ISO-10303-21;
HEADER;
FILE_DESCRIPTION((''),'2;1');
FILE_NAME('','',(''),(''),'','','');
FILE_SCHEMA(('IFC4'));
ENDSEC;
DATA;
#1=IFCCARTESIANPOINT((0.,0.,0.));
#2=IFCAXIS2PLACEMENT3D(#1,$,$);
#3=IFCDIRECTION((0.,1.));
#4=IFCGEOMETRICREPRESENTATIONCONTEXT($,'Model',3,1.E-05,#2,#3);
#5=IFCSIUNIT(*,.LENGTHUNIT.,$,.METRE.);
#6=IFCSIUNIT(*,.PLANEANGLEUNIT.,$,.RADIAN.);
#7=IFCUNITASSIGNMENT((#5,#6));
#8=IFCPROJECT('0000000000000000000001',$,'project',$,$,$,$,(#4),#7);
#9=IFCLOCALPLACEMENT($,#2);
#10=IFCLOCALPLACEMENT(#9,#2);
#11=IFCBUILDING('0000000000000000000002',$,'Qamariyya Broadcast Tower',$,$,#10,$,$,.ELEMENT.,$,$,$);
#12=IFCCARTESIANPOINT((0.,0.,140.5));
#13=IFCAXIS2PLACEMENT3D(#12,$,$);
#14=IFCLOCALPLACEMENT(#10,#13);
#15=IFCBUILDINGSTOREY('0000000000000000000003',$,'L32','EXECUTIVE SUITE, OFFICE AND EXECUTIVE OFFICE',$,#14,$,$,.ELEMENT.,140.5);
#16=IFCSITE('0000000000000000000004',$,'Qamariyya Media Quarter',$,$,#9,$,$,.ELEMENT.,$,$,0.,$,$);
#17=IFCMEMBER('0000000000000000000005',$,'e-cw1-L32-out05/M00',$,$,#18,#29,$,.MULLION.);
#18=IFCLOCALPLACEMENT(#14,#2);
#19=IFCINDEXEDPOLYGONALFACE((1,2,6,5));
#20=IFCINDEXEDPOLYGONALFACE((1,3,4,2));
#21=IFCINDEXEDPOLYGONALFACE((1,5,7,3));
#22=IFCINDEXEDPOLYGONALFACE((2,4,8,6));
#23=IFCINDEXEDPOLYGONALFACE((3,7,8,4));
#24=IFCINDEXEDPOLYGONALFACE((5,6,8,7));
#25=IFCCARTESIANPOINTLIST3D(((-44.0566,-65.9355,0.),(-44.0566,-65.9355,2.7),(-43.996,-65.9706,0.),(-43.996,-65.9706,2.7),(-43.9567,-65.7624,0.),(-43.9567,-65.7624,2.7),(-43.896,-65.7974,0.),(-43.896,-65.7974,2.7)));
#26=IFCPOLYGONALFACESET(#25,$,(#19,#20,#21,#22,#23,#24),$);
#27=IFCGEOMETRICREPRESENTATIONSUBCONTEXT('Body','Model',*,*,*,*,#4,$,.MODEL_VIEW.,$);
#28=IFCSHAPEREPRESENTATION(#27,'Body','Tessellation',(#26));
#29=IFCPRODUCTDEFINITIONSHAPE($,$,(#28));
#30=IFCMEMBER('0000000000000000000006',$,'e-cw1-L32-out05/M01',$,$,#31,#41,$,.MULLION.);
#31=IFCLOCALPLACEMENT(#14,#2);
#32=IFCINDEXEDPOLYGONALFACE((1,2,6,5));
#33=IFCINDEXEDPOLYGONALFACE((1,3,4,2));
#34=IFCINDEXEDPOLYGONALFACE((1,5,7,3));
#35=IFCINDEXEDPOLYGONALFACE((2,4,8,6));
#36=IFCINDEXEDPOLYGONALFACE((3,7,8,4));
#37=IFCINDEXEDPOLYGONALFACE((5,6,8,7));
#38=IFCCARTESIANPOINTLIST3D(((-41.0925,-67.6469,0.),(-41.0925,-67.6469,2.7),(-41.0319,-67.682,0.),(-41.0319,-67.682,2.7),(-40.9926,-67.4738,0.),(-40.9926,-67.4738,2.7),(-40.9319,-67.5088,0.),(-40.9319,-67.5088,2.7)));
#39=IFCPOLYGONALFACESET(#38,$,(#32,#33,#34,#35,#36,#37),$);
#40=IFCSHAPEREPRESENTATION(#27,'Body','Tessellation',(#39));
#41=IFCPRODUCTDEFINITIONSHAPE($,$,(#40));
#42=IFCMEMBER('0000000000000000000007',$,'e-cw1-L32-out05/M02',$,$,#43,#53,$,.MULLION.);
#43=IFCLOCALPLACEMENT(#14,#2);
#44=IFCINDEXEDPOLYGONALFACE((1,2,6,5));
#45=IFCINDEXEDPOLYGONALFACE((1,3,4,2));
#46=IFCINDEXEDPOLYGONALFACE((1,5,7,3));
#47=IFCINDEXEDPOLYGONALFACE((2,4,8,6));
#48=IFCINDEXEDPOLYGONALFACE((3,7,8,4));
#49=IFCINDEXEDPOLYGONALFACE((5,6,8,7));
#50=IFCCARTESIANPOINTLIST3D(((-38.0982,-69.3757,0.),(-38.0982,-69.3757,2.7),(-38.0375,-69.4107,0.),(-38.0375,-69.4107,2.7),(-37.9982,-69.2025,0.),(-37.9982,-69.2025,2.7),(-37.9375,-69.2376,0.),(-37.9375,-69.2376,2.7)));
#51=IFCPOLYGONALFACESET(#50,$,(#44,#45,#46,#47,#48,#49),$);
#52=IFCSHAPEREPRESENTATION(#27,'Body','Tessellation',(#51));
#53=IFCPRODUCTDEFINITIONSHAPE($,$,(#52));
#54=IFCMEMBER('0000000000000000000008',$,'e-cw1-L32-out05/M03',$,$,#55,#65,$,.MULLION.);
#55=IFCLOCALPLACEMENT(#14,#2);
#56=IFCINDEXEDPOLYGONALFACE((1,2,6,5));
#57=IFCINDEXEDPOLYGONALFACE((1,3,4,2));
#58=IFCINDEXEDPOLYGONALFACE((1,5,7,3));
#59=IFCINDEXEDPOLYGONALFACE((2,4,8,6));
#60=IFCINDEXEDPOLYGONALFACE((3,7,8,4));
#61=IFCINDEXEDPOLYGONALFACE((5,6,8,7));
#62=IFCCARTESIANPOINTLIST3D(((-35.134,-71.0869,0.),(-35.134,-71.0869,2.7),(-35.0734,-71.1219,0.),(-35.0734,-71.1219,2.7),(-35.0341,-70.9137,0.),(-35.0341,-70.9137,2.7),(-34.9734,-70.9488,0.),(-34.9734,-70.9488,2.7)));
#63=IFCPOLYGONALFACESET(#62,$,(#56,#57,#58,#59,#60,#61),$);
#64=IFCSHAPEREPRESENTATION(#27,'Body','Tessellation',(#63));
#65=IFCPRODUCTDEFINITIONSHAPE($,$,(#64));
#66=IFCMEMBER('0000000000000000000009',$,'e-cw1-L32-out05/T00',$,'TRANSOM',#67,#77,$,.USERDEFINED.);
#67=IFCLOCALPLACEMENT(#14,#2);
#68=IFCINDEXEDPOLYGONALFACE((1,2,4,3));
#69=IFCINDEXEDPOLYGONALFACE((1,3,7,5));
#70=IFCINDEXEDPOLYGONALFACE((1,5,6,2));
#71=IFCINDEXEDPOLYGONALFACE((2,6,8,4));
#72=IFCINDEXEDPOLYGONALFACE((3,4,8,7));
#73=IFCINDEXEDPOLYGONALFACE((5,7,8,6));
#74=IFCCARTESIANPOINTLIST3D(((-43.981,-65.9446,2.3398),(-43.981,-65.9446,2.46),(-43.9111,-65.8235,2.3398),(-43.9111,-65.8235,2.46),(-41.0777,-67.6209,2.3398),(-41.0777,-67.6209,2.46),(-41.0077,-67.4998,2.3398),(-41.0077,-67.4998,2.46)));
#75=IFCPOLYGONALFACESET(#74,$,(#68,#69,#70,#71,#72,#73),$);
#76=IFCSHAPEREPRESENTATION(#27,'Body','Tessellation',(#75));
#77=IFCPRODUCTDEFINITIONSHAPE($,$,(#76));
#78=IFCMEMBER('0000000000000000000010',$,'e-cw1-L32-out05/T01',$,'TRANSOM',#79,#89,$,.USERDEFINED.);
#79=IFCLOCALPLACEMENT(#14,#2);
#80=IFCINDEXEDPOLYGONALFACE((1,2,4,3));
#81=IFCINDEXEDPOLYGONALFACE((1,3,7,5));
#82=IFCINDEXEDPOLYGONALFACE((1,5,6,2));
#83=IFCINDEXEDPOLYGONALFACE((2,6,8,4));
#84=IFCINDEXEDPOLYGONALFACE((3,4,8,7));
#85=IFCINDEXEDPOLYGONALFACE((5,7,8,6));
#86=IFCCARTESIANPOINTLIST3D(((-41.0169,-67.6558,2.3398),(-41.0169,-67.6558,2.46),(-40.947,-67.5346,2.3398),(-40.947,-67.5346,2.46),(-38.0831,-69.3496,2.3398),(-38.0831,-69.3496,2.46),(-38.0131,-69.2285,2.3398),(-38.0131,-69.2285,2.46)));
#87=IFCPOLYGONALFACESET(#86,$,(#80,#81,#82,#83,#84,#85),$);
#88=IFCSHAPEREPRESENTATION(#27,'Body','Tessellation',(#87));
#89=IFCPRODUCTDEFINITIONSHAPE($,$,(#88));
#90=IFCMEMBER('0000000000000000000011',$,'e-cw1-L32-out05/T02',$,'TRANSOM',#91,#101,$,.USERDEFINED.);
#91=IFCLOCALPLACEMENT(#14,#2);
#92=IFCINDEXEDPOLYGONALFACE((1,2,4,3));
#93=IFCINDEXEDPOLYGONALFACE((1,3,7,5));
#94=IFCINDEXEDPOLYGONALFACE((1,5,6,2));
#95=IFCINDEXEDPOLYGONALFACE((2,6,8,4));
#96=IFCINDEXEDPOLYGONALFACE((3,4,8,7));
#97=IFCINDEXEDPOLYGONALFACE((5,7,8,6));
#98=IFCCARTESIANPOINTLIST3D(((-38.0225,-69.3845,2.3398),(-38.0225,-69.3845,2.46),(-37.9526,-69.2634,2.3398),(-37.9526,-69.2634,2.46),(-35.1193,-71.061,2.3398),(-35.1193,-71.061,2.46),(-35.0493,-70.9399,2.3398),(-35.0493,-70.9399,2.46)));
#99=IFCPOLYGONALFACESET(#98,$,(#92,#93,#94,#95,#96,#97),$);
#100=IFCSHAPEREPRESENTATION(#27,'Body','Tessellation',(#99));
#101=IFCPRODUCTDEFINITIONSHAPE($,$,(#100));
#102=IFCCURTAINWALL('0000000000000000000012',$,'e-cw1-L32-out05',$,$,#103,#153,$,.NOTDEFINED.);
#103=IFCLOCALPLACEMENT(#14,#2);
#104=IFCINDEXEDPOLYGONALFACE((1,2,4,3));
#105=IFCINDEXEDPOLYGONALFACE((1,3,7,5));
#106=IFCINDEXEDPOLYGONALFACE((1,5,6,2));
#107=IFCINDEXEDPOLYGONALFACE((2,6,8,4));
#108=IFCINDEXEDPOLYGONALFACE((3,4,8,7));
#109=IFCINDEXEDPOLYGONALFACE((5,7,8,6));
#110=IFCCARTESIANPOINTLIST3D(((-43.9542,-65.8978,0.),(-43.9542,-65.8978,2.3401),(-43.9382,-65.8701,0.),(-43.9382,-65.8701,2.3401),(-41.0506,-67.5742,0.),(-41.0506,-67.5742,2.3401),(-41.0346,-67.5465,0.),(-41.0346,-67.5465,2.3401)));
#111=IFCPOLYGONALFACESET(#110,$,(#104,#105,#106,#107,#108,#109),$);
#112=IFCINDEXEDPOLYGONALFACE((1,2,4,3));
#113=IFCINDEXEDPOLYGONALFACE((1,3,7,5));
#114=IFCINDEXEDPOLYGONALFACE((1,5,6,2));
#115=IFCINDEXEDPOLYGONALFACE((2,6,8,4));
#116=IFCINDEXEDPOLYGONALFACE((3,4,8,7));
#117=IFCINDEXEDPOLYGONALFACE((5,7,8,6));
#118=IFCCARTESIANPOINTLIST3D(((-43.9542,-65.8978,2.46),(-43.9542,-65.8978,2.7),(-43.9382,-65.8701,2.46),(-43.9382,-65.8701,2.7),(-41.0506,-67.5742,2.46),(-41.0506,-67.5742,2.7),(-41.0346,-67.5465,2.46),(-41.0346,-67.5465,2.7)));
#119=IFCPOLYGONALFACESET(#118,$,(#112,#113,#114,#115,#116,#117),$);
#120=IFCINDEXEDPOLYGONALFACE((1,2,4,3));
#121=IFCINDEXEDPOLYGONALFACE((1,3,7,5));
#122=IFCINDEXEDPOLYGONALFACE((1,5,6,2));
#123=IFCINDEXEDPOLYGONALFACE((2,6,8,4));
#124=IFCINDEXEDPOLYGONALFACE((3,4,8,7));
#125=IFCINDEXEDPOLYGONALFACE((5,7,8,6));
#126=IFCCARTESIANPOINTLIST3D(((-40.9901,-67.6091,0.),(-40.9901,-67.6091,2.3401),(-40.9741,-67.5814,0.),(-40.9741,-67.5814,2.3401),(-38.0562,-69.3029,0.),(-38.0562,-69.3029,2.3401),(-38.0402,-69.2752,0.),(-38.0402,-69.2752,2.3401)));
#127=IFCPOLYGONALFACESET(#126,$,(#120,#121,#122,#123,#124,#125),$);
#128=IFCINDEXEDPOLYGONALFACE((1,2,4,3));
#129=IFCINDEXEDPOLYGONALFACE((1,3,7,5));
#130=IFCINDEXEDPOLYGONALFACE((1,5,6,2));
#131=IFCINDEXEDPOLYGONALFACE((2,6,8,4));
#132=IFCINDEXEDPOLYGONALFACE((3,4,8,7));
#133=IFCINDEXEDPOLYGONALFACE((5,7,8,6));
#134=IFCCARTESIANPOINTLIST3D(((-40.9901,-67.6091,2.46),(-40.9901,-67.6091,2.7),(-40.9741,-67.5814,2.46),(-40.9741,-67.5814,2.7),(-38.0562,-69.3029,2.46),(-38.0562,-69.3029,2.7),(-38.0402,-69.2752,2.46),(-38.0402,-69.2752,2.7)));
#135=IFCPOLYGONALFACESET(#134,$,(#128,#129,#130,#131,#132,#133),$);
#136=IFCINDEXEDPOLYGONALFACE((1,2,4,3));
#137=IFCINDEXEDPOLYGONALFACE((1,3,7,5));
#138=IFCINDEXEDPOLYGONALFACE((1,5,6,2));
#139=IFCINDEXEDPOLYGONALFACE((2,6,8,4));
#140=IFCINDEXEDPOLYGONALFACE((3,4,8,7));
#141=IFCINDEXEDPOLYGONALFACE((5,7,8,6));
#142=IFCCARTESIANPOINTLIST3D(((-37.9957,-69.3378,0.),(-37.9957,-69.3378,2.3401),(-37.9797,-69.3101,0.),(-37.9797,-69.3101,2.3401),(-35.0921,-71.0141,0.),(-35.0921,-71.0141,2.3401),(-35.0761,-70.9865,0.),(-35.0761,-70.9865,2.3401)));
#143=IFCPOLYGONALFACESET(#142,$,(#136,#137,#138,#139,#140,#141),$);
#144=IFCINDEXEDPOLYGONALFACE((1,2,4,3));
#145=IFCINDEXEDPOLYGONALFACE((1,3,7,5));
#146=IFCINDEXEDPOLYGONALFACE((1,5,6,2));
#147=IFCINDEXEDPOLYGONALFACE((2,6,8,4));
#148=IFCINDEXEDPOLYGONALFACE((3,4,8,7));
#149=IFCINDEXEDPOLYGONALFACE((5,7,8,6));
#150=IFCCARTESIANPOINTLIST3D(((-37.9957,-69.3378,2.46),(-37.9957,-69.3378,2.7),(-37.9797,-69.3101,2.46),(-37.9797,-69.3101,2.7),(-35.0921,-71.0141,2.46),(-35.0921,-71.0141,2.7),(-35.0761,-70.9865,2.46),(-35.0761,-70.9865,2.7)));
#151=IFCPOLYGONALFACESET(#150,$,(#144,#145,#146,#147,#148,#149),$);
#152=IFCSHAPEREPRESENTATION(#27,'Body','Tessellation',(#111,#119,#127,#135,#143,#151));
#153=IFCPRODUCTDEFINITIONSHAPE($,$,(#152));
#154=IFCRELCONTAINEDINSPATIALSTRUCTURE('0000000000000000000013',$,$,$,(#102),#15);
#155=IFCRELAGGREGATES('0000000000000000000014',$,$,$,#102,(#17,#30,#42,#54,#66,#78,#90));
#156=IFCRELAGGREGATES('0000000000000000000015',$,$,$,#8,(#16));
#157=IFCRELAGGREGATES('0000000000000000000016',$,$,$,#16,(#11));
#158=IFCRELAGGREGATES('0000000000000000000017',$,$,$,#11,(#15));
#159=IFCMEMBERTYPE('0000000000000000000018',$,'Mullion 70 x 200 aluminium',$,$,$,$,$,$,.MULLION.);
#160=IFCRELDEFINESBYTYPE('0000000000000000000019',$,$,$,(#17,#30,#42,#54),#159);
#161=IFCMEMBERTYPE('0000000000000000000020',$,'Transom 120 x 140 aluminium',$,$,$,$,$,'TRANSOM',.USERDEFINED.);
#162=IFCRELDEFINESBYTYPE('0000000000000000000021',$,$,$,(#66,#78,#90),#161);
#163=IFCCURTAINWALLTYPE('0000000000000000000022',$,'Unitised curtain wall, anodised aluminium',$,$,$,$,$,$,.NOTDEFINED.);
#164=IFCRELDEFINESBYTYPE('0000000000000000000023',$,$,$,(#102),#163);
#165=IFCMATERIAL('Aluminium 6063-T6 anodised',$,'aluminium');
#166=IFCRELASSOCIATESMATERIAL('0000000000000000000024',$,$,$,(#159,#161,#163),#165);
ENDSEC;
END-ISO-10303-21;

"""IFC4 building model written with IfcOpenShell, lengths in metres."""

from ifc_helpers import new_model, si_unit, direction, frame, origin, origin_2d, place, context, subcontext, project, spatial, rectangle, extrude, material, material_profile, profile_set, type_object, element, aggregate, save


model = new_model("IFC4")

# Units and contexts
model_context = context("Model", 3, precision=1e-05, world=origin(), true_north=direction((0.0, 1.0)))
body_context = subcontext(model_context, "Body", "Model", "MODEL_VIEW")
ifc_project = project(units=[si_unit("LENGTHUNIT", "METRE"), si_unit("PLANEANGLEUNIT", "RADIAN")], contexts=[model_context])

# Members
ifc_material = material(Name="Aluminium 6063-T6 anodised", Category="aluminium")
ifc_material_profile_1 = material_profile(ifc_material, rectangle(XDim=0.2, YDim=0.0701, at=origin_2d()))
ifc_profile_set_1 = profile_set([ifc_material_profile_1], Name="Aluminium 6063-T6 anodised")
member_type_1 = type_object("IfcMemberType", Name="Mullion 70 x 200 aluminium", PredefinedType="MULLION", material=ifc_profile_set_1)
site_placement = place(None, origin())
building_placement = place(site_placement, origin())
storey_placement = place(building_placement, frame((0.0, 0.0, 140.5)))
member_1_placement = place(storey_placement, frame((-43.9763, -65.8665, 0.0), z_axis=(0.0, 0.0, 1.0), x_axis=(0.5, 0.866025, 0.0)))
member_1 = element("IfcMember", 1, at=member_1_placement, type_object=member_type_1, Name="e-cw1-L32-out05/M00", PredefinedType="MULLION", context=body_context, shape_type="SweptSolid", body=[
    extrude(rectangle(XDim=0.2, YDim=0.0701, at=origin_2d()), origin(), (0.0, 0.0, 1.0), 2.7),
])
member_2_placement = place(storey_placement, frame((-41.0122, -67.5779, 0.0), z_axis=(0.0, 0.0, 1.0), x_axis=(0.5, 0.866025, 0.0)))
member_2 = element("IfcMember", 2, at=member_2_placement, type_object=member_type_1, Name="e-cw1-L32-out05/M01", PredefinedType="MULLION", context=body_context, shape_type="SweptSolid", body=[
    extrude(rectangle(XDim=0.2, YDim=0.0701, at=origin_2d()), origin(), (0.0, 0.0, 1.0), 2.7),
])
member_3_placement = place(storey_placement, frame((-38.0178, -69.3066, 0.0), z_axis=(0.0, 0.0, 1.0), x_axis=(0.5, 0.866025, 0.0)))
member_3 = element("IfcMember", 3, at=member_3_placement, type_object=member_type_1, Name="e-cw1-L32-out05/M02", PredefinedType="MULLION", context=body_context, shape_type="SweptSolid", body=[
    extrude(rectangle(XDim=0.2, YDim=0.0701, at=origin_2d()), origin(), (0.0, 0.0, 1.0), 2.7),
])
member_4_placement = place(storey_placement, frame((-35.0537, -71.0178, 0.0), z_axis=(0.0, 0.0, 1.0), x_axis=(0.5, 0.866025, 0.0)))
member_4 = element("IfcMember", 4, at=member_4_placement, type_object=member_type_1, Name="e-cw1-L32-out05/M03", PredefinedType="MULLION", context=body_context, shape_type="SweptSolid", body=[
    extrude(rectangle(XDim=0.2, YDim=0.0701, at=origin_2d()), origin(), (0.0, 0.0, 1.0), 2.7),
])
ifc_material_profile_2 = material_profile(ifc_material, rectangle(XDim=0.1399, YDim=0.1201, at=origin_2d()))
ifc_profile_set_2 = profile_set([ifc_material_profile_2], Name="Aluminium 6063-T6 anodised")
member_type_2 = type_object("IfcMemberType", Name="Transom 120 x 140 aluminium", ElementType="TRANSOM", PredefinedType="USERDEFINED", material=ifc_profile_set_2)
member_5_placement = place(storey_placement, frame((-43.946, -65.884, 2.3999), z_axis=(0.866021, -0.500008, 0.0), x_axis=(0.500008, 0.866021, 0.0)))
member_5 = element("IfcMember", 5, at=member_5_placement, type_object=member_type_2, Name="e-cw1-L32-out05/T00", ObjectType="TRANSOM", PredefinedType="USERDEFINED", context=body_context, shape_type="SweptSolid", body=[
    extrude(rectangle(XDim=0.1399, YDim=0.1201, at=origin_2d()), origin(), (0.0, 0.0, 1.0), 3.3525),
])
member_6_placement = place(storey_placement, frame((-40.9819, -67.5952, 2.3999), z_axis=(0.866026, -0.499999, 0.0), x_axis=(0.499999, 0.866026, 0.0)))
member_6 = element("IfcMember", 6, at=member_6_placement, type_object=member_type_2, Name="e-cw1-L32-out05/T01", ObjectType="TRANSOM", PredefinedType="USERDEFINED", context=body_context, shape_type="SweptSolid", body=[
    extrude(rectangle(XDim=0.1399, YDim=0.1201, at=origin_2d()), origin(), (0.0, 0.0, 1.0), 3.3877),
])
member_7_placement = place(storey_placement, frame((-37.9875, -69.324, 2.3999), z_axis=(0.865989, -0.500063, 0.0), x_axis=(0.500063, 0.865989, 0.0)))
member_7 = element("IfcMember", 7, at=member_7_placement, type_object=member_type_2, Name="e-cw1-L32-out05/T02", ObjectType="TRANSOM", PredefinedType="USERDEFINED", context=body_context, shape_type="SweptSolid", body=[
    extrude(rectangle(XDim=0.1399, YDim=0.1201, at=origin_2d()), origin(), (0.0, 0.0, 1.0), 3.3525),
])

# Site, building, storey
site = spatial("IfcSite", under=ifc_project, at=site_placement, Name="Qamariyya Media Quarter", CompositionType="ELEMENT", RefElevation=0.0)
building = spatial("IfcBuilding", under=site, at=building_placement, Name="Qamariyya Broadcast Tower", CompositionType="ELEMENT")
storey = spatial("IfcBuildingStorey", under=building, at=storey_placement, Name="L32", Description="EXECUTIVE SUITE, OFFICE AND EXECUTIVE OFFICE", CompositionType="ELEMENT", Elevation=140.5)

# Curtain wall
curtain_wall_type = type_object("IfcCurtainWallType", Name="Unitised curtain wall, anodised aluminium", PredefinedType="NOTDEFINED", material=ifc_material)
curtain_wall_1_placement = place(storey_placement, origin())
curtain_wall_1 = element("IfcCurtainWall", 8, at=curtain_wall_1_placement, inside=storey, type_object=curtain_wall_type, Name="e-cw1-L32-out05", PredefinedType="NOTDEFINED", context=body_context, shape_type="SweptSolid", body=[
    extrude(rectangle(XDim=3.3528, YDim=0.032, at=origin_2d()), frame((-42.4944, -66.7222, 0.0), x_axis=(0.866027, -0.499997, 0.0)), (0.0, 0.0, 1.0), 2.3401),
    extrude(rectangle(XDim=3.3528, YDim=0.032, at=origin_2d()), frame((-42.4944, -66.7222, 2.46), x_axis=(0.866027, -0.499997, 0.0)), (0.0, 0.0, 1.0), 0.24),
    extrude(rectangle(XDim=3.3877, YDim=0.032, at=origin_2d()), frame((-39.5151, -68.4421, 0.0), x_axis=(0.866027, -0.499997, 0.0)), (0.0, 0.0, 1.0), 2.3401),
    extrude(rectangle(XDim=3.3877, YDim=0.032, at=origin_2d()), frame((-39.5151, -68.4421, 2.46), x_axis=(0.866027, -0.499997, 0.0)), (0.0, 0.0, 1.0), 0.24),
    extrude(rectangle(XDim=3.3528, YDim=0.032, at=origin_2d()), frame((-36.5359, -70.1621, 0.0), x_axis=(0.866027, -0.499997, 0.0)), (0.0, 0.0, 1.0), 2.3401),
    extrude(rectangle(XDim=3.3528, YDim=0.032, at=origin_2d()), frame((-36.5359, -70.1621, 2.46), x_axis=(0.866027, -0.499997, 0.0)), (0.0, 0.0, 1.0), 0.24),
])
aggregate(curtain_wall_1, [member_1, member_2, member_3, member_4, member_5, member_6, member_7])

save(model, "model.ifc")
